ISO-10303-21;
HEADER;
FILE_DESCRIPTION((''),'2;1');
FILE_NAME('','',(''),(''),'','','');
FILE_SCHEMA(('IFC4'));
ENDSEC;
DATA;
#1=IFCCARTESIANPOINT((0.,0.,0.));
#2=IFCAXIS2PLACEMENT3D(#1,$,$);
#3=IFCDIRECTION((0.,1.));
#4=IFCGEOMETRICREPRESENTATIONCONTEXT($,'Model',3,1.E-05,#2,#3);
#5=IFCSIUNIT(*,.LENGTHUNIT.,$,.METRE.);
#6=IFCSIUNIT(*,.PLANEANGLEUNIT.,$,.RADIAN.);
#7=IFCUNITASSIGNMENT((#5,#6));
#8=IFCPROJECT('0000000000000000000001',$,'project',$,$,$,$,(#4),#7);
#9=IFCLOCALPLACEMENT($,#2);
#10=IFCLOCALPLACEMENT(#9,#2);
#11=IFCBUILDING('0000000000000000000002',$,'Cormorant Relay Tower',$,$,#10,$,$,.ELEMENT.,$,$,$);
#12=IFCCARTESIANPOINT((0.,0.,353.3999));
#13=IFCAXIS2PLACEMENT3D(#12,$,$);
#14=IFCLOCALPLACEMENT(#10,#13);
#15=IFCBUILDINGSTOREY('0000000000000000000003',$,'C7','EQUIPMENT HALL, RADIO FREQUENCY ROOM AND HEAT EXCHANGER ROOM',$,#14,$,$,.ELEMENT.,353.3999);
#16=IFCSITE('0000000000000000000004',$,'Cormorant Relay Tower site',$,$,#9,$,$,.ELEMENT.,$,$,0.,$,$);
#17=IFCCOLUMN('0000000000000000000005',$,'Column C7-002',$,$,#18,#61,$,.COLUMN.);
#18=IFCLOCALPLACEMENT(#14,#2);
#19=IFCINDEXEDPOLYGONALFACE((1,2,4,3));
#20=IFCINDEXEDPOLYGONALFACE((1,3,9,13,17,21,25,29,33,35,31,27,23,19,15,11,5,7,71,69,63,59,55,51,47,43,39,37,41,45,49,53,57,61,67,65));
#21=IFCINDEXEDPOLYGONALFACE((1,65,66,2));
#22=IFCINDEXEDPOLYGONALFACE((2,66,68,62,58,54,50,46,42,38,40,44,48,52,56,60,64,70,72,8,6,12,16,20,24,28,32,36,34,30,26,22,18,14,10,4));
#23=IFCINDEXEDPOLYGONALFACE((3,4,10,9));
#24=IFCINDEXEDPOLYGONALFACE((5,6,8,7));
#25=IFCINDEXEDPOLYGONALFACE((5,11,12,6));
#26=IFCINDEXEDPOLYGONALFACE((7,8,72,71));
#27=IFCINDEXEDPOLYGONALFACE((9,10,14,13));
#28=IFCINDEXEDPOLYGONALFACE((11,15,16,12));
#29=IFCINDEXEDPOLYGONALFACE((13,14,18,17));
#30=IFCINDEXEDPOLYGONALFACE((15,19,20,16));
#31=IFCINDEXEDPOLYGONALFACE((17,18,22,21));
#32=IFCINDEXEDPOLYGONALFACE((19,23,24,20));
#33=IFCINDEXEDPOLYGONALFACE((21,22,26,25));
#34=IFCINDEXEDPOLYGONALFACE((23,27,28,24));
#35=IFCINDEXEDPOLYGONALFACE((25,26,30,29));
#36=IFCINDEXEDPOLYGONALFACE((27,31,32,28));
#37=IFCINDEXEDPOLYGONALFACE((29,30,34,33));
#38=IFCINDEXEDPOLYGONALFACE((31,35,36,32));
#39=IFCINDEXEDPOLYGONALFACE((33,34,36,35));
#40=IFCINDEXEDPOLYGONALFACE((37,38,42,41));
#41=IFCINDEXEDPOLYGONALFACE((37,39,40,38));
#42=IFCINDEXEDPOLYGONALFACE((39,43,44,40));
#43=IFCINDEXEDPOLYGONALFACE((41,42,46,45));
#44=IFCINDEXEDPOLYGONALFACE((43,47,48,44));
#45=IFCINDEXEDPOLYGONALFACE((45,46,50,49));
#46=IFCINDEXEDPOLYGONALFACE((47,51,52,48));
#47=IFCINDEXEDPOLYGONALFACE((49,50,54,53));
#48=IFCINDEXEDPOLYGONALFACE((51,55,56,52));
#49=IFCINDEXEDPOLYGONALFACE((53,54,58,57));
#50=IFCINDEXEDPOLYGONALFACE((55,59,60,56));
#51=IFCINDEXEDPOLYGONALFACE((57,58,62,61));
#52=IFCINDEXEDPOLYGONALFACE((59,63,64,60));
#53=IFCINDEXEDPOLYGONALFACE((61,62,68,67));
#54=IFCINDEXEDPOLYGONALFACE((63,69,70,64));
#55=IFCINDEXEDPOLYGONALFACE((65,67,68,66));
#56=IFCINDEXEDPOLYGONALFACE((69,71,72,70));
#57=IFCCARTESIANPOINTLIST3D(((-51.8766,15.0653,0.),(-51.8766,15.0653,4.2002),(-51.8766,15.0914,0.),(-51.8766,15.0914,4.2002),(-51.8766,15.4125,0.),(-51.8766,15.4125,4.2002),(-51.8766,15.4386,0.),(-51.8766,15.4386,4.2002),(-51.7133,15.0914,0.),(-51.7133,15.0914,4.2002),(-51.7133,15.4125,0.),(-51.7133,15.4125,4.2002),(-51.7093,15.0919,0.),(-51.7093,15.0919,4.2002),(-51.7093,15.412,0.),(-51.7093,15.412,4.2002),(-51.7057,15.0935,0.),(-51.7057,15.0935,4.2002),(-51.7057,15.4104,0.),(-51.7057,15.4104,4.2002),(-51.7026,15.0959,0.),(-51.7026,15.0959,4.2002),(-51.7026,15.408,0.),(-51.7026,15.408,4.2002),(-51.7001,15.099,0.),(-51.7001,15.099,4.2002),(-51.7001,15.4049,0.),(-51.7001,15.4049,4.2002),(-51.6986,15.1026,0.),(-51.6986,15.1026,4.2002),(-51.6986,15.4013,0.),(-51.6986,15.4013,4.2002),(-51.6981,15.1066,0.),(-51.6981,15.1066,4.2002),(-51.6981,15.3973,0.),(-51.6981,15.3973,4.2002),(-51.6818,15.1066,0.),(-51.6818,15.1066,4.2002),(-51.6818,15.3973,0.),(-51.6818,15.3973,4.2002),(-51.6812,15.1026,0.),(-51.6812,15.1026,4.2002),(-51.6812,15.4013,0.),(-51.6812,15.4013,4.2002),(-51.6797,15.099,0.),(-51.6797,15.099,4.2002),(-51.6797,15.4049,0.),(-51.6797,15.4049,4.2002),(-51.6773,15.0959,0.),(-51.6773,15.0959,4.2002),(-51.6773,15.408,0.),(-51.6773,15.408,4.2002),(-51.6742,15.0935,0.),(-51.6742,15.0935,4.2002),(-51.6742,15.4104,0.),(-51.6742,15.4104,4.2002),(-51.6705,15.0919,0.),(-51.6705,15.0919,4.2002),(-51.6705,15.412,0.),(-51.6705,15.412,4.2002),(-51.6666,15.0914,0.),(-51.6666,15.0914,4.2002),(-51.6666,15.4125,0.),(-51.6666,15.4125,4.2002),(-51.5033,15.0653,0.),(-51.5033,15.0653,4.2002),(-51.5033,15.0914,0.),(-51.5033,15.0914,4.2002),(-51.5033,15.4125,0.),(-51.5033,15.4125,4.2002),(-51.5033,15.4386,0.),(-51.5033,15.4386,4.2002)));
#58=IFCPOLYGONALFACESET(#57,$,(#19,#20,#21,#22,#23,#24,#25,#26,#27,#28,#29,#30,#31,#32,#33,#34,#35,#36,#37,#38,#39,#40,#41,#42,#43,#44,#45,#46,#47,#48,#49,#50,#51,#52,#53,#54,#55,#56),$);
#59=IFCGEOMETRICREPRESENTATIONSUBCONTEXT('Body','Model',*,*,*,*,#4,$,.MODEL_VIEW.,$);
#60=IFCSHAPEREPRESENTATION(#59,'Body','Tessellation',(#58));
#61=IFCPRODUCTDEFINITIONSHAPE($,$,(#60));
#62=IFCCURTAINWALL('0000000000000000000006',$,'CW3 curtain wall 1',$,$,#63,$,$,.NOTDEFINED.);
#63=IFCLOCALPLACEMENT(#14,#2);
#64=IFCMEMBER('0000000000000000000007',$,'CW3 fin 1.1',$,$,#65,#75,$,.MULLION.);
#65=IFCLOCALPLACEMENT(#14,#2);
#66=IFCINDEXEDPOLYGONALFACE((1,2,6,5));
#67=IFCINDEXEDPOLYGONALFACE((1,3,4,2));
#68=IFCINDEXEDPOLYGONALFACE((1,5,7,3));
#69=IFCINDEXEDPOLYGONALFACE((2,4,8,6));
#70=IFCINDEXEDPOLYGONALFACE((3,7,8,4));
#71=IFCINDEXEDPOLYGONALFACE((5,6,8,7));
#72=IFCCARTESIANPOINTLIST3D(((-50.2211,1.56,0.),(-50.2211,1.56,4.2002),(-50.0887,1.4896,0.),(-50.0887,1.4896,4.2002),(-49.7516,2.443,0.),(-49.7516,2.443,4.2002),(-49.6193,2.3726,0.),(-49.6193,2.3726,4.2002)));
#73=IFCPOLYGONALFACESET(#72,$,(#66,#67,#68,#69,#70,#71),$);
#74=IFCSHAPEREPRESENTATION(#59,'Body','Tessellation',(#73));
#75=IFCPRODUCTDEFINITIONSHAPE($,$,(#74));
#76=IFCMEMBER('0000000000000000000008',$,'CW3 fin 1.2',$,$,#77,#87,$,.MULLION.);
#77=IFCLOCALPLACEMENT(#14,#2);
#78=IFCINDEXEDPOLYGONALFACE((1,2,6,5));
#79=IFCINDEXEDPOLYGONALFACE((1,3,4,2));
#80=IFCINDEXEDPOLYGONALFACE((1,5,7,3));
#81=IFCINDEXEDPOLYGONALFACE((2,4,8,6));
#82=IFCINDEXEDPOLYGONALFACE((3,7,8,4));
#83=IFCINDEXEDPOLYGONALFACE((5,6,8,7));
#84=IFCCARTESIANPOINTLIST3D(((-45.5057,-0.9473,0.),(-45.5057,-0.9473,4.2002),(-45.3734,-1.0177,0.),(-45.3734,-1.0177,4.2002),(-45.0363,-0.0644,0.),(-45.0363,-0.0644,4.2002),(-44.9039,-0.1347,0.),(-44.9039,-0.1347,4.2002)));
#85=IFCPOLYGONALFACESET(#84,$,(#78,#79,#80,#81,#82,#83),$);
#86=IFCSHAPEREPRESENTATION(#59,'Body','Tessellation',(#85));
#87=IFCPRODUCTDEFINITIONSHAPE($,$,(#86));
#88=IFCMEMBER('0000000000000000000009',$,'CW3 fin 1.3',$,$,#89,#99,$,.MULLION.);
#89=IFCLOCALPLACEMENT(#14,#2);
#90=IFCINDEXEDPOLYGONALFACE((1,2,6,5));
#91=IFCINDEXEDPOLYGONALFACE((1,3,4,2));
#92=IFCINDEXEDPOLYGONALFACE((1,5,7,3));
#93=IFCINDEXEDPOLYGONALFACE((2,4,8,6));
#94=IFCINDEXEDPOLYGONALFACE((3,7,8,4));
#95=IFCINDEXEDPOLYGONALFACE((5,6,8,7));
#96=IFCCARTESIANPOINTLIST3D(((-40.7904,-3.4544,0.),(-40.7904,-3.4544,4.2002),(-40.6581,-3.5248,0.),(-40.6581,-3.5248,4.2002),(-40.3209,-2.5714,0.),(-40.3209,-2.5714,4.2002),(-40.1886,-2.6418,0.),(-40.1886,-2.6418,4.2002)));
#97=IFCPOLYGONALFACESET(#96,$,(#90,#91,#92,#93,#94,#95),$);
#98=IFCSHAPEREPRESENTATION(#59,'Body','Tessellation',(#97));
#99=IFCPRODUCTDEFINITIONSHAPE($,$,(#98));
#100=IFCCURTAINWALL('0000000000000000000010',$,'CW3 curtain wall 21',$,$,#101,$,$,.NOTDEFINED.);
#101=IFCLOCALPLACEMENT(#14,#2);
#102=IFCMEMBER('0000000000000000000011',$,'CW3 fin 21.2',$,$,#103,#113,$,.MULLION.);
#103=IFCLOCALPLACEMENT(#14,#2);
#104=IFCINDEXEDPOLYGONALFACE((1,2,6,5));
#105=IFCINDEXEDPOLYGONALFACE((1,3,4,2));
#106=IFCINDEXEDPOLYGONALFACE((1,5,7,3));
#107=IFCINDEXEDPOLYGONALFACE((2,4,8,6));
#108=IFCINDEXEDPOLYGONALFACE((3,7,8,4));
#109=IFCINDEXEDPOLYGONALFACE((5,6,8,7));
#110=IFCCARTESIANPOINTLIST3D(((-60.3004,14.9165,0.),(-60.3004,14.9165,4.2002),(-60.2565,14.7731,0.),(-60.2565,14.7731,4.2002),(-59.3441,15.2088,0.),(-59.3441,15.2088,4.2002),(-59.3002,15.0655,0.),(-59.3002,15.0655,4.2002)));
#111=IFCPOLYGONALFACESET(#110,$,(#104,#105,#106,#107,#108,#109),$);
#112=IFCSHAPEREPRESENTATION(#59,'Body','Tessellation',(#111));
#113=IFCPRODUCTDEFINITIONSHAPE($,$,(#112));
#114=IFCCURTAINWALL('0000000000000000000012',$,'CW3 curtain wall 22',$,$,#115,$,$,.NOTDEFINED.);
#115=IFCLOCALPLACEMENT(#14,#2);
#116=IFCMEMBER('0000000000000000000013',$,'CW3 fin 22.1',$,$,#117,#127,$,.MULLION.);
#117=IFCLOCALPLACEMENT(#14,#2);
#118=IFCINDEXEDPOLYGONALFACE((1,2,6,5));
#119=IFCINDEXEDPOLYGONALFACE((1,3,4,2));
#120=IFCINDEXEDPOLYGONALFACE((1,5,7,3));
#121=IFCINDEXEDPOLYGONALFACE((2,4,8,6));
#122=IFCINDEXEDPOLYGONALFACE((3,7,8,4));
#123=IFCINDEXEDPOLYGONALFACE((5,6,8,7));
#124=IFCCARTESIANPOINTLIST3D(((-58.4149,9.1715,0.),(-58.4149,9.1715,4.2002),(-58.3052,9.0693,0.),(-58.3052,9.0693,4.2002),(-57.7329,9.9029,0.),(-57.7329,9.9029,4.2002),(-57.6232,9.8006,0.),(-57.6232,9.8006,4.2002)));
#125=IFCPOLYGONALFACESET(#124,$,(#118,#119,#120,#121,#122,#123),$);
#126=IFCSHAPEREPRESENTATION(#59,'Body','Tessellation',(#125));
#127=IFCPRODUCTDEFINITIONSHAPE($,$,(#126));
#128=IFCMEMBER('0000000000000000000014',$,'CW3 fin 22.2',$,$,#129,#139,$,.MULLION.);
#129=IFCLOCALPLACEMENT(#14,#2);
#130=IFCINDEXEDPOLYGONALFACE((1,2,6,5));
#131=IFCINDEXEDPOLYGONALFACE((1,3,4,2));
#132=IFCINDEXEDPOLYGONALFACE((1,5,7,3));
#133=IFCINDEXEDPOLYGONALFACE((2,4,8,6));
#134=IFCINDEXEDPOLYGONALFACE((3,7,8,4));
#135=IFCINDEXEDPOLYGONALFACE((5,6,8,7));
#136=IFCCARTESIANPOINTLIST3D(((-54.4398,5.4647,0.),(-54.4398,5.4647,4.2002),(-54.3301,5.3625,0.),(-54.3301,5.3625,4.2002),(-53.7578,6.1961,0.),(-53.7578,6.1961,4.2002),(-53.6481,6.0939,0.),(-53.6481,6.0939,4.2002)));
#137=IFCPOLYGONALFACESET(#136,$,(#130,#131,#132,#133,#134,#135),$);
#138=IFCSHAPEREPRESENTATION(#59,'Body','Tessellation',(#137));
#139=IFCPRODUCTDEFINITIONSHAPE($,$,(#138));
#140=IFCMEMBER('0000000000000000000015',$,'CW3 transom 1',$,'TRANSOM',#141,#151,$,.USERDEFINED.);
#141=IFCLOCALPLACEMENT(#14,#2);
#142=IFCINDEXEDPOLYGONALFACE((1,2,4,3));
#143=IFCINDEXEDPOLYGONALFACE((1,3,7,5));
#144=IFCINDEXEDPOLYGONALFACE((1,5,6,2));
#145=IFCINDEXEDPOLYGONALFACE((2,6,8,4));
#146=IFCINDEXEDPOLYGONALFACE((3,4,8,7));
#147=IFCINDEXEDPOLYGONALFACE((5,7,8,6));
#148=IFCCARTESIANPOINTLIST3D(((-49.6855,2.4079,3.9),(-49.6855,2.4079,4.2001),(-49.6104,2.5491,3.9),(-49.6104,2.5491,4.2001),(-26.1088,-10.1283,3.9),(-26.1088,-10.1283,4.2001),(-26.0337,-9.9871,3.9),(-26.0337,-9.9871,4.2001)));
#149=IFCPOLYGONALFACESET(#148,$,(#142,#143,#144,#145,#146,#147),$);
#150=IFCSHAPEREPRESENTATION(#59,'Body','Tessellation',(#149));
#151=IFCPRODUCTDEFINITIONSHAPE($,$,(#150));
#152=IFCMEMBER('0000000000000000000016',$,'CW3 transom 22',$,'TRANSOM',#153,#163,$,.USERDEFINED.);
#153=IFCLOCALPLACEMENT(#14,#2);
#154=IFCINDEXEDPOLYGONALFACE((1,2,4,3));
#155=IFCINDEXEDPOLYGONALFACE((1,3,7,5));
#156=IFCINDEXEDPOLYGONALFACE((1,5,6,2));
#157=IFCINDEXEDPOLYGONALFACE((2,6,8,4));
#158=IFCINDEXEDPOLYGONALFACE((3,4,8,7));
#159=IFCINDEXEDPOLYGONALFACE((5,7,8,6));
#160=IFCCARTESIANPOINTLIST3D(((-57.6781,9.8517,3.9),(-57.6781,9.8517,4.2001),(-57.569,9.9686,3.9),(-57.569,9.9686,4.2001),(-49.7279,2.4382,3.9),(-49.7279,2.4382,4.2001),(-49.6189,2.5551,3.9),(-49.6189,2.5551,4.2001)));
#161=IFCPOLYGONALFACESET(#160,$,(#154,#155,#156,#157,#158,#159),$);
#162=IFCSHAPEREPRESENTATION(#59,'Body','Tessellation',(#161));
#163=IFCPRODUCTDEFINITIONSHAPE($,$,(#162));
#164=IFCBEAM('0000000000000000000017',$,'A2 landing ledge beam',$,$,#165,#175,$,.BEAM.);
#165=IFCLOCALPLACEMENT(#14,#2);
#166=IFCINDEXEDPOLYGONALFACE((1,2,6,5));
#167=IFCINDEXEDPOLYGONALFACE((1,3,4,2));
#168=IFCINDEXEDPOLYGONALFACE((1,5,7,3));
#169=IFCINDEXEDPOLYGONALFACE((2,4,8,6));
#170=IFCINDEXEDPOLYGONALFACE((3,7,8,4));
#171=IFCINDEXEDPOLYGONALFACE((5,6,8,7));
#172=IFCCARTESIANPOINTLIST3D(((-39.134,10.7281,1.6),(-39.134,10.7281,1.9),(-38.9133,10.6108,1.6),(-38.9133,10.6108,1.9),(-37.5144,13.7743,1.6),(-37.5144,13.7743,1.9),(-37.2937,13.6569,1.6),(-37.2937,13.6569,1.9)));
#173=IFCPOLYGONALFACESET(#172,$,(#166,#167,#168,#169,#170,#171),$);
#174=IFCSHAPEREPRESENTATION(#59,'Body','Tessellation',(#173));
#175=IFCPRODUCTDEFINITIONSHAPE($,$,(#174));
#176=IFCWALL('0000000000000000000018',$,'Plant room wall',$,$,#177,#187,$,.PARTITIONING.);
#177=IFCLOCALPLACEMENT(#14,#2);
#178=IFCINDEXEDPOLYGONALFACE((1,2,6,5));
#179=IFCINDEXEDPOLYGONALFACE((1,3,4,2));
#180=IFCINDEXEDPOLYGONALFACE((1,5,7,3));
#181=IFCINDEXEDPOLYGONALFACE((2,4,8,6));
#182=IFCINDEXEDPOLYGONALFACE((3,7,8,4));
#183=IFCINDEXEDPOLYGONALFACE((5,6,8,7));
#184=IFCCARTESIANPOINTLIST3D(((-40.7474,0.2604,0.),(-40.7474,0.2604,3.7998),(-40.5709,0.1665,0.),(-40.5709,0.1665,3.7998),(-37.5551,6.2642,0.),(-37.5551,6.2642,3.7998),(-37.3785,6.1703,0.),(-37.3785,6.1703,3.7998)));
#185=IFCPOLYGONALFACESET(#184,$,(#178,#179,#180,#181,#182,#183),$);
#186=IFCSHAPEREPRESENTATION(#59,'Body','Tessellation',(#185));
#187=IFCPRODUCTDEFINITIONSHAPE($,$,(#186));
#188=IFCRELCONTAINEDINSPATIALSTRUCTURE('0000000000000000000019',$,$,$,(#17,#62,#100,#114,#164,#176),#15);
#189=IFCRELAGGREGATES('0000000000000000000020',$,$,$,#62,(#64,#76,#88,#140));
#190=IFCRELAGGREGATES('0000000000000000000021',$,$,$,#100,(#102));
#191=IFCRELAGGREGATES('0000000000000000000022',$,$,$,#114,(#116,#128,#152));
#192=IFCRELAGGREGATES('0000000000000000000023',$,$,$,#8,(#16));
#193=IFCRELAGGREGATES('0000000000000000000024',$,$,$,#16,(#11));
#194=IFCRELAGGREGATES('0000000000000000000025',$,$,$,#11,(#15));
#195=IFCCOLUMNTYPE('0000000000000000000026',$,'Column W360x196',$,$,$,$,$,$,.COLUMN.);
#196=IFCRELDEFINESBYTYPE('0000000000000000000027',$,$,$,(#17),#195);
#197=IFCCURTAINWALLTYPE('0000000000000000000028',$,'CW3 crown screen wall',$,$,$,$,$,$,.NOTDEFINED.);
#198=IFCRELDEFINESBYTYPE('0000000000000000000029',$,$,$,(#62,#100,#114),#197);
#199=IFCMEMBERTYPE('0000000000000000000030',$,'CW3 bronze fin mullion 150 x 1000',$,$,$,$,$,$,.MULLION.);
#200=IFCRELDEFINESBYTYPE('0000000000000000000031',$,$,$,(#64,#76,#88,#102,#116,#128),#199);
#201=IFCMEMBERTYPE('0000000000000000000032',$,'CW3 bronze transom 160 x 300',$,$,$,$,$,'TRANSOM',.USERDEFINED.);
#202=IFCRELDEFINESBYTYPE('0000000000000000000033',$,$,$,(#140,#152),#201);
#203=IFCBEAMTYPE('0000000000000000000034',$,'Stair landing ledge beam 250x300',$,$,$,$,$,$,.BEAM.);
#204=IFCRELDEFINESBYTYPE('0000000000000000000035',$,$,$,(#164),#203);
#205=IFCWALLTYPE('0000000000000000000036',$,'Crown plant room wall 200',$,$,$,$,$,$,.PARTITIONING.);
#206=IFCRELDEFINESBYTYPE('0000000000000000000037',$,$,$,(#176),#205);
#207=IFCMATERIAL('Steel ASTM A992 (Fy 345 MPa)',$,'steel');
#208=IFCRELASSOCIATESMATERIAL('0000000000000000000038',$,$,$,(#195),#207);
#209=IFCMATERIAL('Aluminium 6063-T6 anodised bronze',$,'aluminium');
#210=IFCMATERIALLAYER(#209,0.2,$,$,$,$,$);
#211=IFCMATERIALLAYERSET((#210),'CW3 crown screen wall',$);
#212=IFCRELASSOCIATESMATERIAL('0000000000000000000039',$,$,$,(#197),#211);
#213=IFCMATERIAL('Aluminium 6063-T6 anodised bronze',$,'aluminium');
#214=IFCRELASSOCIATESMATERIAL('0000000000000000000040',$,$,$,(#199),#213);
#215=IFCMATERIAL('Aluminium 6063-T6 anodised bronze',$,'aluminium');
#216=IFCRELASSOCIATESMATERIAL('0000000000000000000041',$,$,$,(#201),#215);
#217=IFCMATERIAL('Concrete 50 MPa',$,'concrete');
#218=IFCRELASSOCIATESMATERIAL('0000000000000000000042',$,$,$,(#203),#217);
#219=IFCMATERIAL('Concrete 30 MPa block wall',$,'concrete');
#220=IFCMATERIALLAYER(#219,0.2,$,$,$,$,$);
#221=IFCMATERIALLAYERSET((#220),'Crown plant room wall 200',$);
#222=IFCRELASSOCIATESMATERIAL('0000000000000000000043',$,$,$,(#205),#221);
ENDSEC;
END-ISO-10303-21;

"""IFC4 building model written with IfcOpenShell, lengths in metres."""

from ifc_helpers import new_model, si_unit, direction, frame, frame_2d, origin, origin_2d, place, context, subcontext, project, spatial, rectangle, i_section, extrude, material, layer, layer_set, material_profile, profile_set, type_object, element, aggregate, save


model = new_model("IFC4")

# Units and contexts
model_context = context("Model", 3, precision=1e-05, world=origin(), true_north=direction((0.0, 1.0)))
body_context = subcontext(model_context, "Body", "Model", "MODEL_VIEW")
ifc_project = project(units=[si_unit("LENGTHUNIT", "METRE"), si_unit("PLANEANGLEUNIT", "RADIAN")], contexts=[model_context])

# Site, building, storey
site_placement = place(None, origin())
site = spatial("IfcSite", under=ifc_project, at=site_placement, Name="Cormorant Relay Tower site", CompositionType="ELEMENT", RefElevation=0.0)
building_placement = place(site_placement, origin())
building = spatial("IfcBuilding", under=site, at=building_placement, Name="Cormorant Relay Tower", CompositionType="ELEMENT")
storey_placement = place(building_placement, frame((0.0, 0.0, 353.3999)))
storey = spatial("IfcBuildingStorey", under=building, at=storey_placement, Name="C7", Description="EQUIPMENT HALL, RADIO FREQUENCY ROOM AND HEAT EXCHANGER ROOM", CompositionType="ELEMENT", Elevation=353.3999)

# Column
ifc_material_1 = material(Name="Steel ASTM A992 (Fy 345 MPa)", Category="steel")
ifc_material_profile_1 = material_profile(ifc_material_1, i_section(OverallWidth=0.3733, OverallDepth=0.3733, WebThickness=0.0164, FlangeThickness=0.0261, FilletRadius=0.0151, at=origin_2d()), Name="W360x196")
ifc_profile_set_1 = profile_set([ifc_material_profile_1], Name="Steel ASTM A992 (Fy 345 MPa)")
column_type = type_object("IfcColumnType", Name="Column W360x196", PredefinedType="COLUMN", material=ifc_profile_set_1)
column_placement = place(storey_placement, frame((-51.6899, 15.252, 0.0), z_axis=(0.0, 0.0, 1.0), x_axis=(1.0, 0.0, 0.0)))
element("IfcColumn", 1, at=column_placement, inside=storey, type_object=column_type, Name="Column C7-002", PredefinedType="COLUMN", context=body_context, shape_type="SweptSolid", body=[
    extrude(i_section(OverallWidth=0.3733, OverallDepth=0.3733, WebThickness=0.0164, FlangeThickness=0.0261, FilletRadius=0.0151, at=origin_2d()), origin(), (0.0, 0.0, 1.0), 4.2002),
])

# Curtain wall, members
ifc_material_2 = material(Name="Aluminium 6063-T6 anodised bronze", Category="aluminium")
ifc_layer_1 = layer(ifc_material_2, 0.2)
ifc_layer_set_1 = layer_set([ifc_layer_1], Name="CW3 crown screen wall")
curtain_wall_type = type_object("IfcCurtainWallType", Name="CW3 crown screen wall", PredefinedType="NOTDEFINED", material=ifc_layer_set_1)
curtain_wall_1_placement = place(storey_placement, origin())
curtain_wall_1 = element("IfcCurtainWall", 2, at=curtain_wall_1_placement, inside=storey, type_object=curtain_wall_type, Name="CW3 curtain wall 1", PredefinedType="NOTDEFINED")
ifc_material_3 = material(Name="Aluminium 6063-T6 anodised bronze", Category="aluminium")
ifc_material_profile_2 = material_profile(ifc_material_3, rectangle(XDim=0.1499, YDim=1.0, at=origin_2d()), Name="AL 150x1000")
ifc_profile_set_2 = profile_set([ifc_material_profile_2], Name="Aluminium 6063-T6 anodised bronze")
member_type_1 = type_object("IfcMemberType", Name="CW3 bronze fin mullion 150 x 1000", PredefinedType="MULLION", material=ifc_profile_set_2)
member_1_placement = place(storey_placement, frame((-49.9202, 1.9663, 0.0), z_axis=(0.0, 0.0, 1.0), x_axis=(0.882948, -0.469472, 0.0)))
member_1 = element("IfcMember", 3, at=member_1_placement, type_object=member_type_1, Name="CW3 fin 1.1", PredefinedType="MULLION", context=body_context, shape_type="SweptSolid", body=[
    extrude(rectangle(XDim=0.1499, YDim=1.0, at=origin_2d()), origin(), (0.0, 0.0, 1.0), 4.2002),
])
member_2_placement = place(storey_placement, frame((-45.2048, -0.541, 0.0), z_axis=(0.0, 0.0, 1.0), x_axis=(0.882948, -0.469472, 0.0)))
member_2 = element("IfcMember", 4, at=member_2_placement, type_object=member_type_1, Name="CW3 fin 1.2", PredefinedType="MULLION", context=body_context, shape_type="SweptSolid", body=[
    extrude(rectangle(XDim=0.1499, YDim=1.0, at=origin_2d()), origin(), (0.0, 0.0, 1.0), 4.2002),
])
member_3_placement = place(storey_placement, frame((-40.4895, -3.0481, 0.0), z_axis=(0.0, 0.0, 1.0), x_axis=(0.882948, -0.469472, 0.0)))
member_3 = element("IfcMember", 5, at=member_3_placement, type_object=member_type_1, Name="CW3 fin 1.3", PredefinedType="MULLION", context=body_context, shape_type="SweptSolid", body=[
    extrude(rectangle(XDim=0.1499, YDim=1.0, at=origin_2d()), origin(), (0.0, 0.0, 1.0), 4.2002),
])

# Curtain wall, member
curtain_wall_2_placement = place(storey_placement, origin())
curtain_wall_2 = element("IfcCurtainWall", 6, at=curtain_wall_2_placement, inside=storey, type_object=curtain_wall_type, Name="CW3 curtain wall 21", PredefinedType="NOTDEFINED")
member_4_placement = place(storey_placement, frame((-59.8003, 14.991, 0.0), z_axis=(0.0, 0.0, 1.0), x_axis=(0.292372, -0.956305, 0.0)))
member_4 = element("IfcMember", 7, at=member_4_placement, type_object=member_type_1, Name="CW3 fin 21.2", PredefinedType="MULLION", context=body_context, shape_type="SweptSolid", body=[
    extrude(rectangle(XDim=0.1499, YDim=1.0, at=origin_2d()), origin(), (0.0, 0.0, 1.0), 4.2002),
])

# Curtain wall, members
curtain_wall_3_placement = place(storey_placement, origin())
curtain_wall_3 = element("IfcCurtainWall", 8, at=curtain_wall_3_placement, inside=storey, type_object=curtain_wall_type, Name="CW3 curtain wall 22", PredefinedType="NOTDEFINED")
member_5_placement = place(storey_placement, frame((-58.019, 9.4861, 0.0), z_axis=(0.0, 0.0, 1.0), x_axis=(0.731354, -0.681998, 0.0)))
member_5 = element("IfcMember", 9, at=member_5_placement, type_object=member_type_1, Name="CW3 fin 22.1", PredefinedType="MULLION", context=body_context, shape_type="SweptSolid", body=[
    extrude(rectangle(XDim=0.1499, YDim=1.0, at=origin_2d()), origin(), (0.0, 0.0, 1.0), 4.2002),
])
member_6_placement = place(storey_placement, frame((-54.0439, 5.7793, 0.0), z_axis=(0.0, 0.0, 1.0), x_axis=(0.731354, -0.681998, 0.0)))
member_6 = element("IfcMember", 10, at=member_6_placement, type_object=member_type_1, Name="CW3 fin 22.2", PredefinedType="MULLION", context=body_context, shape_type="SweptSolid", body=[
    extrude(rectangle(XDim=0.1499, YDim=1.0, at=origin_2d()), origin(), (0.0, 0.0, 1.0), 4.2002),
])

# Members
ifc_material_4 = material(Name="Aluminium 6063-T6 anodised bronze", Category="aluminium")
ifc_material_profile_3 = material_profile(ifc_material_4, rectangle(XDim=0.1599, YDim=0.3, at=origin_2d()), Name="AL 160x300")
ifc_profile_set_3 = profile_set([ifc_material_profile_3], Name="Aluminium 6063-T6 anodised bronze")
member_type_2 = type_object("IfcMemberType", Name="CW3 bronze transom 160 x 300", ElementType="TRANSOM", PredefinedType="USERDEFINED", material=ifc_profile_set_3)
member_7_placement = place(storey_placement, frame((-49.6479, 2.4785, 4.05), z_axis=(0.882944, -0.469477, 0.0), x_axis=(0.469477, 0.882944, 0.0)))
member_7 = element("IfcMember", 11, at=member_7_placement, type_object=member_type_2, Name="CW3 transom 1", ObjectType="TRANSOM", PredefinedType="USERDEFINED", context=body_context, shape_type="SweptSolid", body=[
    extrude(rectangle(XDim=0.1599, YDim=0.3, at=origin_2d()), origin(), (0.0, 0.0, 1.0), 26.7024),
])
member_8_placement = place(storey_placement, frame((-57.6235, 9.9102, 4.05), z_axis=(0.731358, -0.681993, 0.0), x_axis=(0.681993, 0.731358, 0.0)))
member_8 = element("IfcMember", 12, at=member_8_placement, type_object=member_type_2, Name="CW3 transom 22", ObjectType="TRANSOM", PredefinedType="USERDEFINED", context=body_context, shape_type="SweptSolid", body=[
    extrude(rectangle(XDim=0.1599, YDim=0.3, at=origin_2d()), origin(), (0.0, 0.0, 1.0), 10.8704),
])

# Beam
ifc_material_5 = material(Name="Concrete 50 MPa", Category="concrete")
ifc_material_profile_4 = material_profile(ifc_material_5, rectangle(XDim=0.25, YDim=0.3, at=origin_2d()), Name="RC 250x300")
ifc_profile_set_4 = profile_set([ifc_material_profile_4], Name="Concrete 50 MPa")
beam_type = type_object("IfcBeamType", Name="Stair landing ledge beam 250x300", PredefinedType="BEAM", material=ifc_profile_set_4)
beam_placement = place(storey_placement, frame((-37.4041, 13.7156, 1.75), z_axis=(-0.469464, -0.882952, 0.0), x_axis=(0.882952, -0.469464, 0.0)))
element("IfcBeam", 13, at=beam_placement, inside=storey, type_object=beam_type, Name="A2 landing ledge beam", PredefinedType="BEAM", context=body_context, shape_type="SweptSolid", body=[
    extrude(rectangle(XDim=0.25, YDim=0.3, at=origin_2d()), origin(), (0.0, 0.0, 1.0), 3.45),
])

# Wall
ifc_material_6 = material(Name="Concrete 30 MPa block wall", Category="concrete")
ifc_layer_2 = layer(ifc_material_6, 0.2)
ifc_layer_set_2 = layer_set([ifc_layer_2], Name="Crown plant room wall 200")
wall_type_1 = type_object("IfcWallType", Name="Crown plant room wall 200", PredefinedType="PARTITIONING", material=ifc_layer_set_2)
wall_1_placement = place(storey_placement, frame((-37.4668, 6.2173, 0.0), z_axis=(0.0, 0.0, 1.0), x_axis=(-0.469477, -0.882945, 0.0)))
element("IfcWall", 14, at=wall_1_placement, inside=storey, type_object=wall_type_1, Name="Plant room wall", PredefinedType="PARTITIONING", context=body_context, shape_type="SweptSolid", body=[
    extrude(rectangle(XDim=6.7998, YDim=0.2, at=frame_2d((3.3999, 0.0))), origin(), (0.0, 0.0, 1.0), 3.7998),
])

aggregate(curtain_wall_1, [member_1, member_2, member_3, member_7])
aggregate(curtain_wall_2, [member_4])
aggregate(curtain_wall_3, [member_5, member_6, member_8])

save(model, "model.ifc")
